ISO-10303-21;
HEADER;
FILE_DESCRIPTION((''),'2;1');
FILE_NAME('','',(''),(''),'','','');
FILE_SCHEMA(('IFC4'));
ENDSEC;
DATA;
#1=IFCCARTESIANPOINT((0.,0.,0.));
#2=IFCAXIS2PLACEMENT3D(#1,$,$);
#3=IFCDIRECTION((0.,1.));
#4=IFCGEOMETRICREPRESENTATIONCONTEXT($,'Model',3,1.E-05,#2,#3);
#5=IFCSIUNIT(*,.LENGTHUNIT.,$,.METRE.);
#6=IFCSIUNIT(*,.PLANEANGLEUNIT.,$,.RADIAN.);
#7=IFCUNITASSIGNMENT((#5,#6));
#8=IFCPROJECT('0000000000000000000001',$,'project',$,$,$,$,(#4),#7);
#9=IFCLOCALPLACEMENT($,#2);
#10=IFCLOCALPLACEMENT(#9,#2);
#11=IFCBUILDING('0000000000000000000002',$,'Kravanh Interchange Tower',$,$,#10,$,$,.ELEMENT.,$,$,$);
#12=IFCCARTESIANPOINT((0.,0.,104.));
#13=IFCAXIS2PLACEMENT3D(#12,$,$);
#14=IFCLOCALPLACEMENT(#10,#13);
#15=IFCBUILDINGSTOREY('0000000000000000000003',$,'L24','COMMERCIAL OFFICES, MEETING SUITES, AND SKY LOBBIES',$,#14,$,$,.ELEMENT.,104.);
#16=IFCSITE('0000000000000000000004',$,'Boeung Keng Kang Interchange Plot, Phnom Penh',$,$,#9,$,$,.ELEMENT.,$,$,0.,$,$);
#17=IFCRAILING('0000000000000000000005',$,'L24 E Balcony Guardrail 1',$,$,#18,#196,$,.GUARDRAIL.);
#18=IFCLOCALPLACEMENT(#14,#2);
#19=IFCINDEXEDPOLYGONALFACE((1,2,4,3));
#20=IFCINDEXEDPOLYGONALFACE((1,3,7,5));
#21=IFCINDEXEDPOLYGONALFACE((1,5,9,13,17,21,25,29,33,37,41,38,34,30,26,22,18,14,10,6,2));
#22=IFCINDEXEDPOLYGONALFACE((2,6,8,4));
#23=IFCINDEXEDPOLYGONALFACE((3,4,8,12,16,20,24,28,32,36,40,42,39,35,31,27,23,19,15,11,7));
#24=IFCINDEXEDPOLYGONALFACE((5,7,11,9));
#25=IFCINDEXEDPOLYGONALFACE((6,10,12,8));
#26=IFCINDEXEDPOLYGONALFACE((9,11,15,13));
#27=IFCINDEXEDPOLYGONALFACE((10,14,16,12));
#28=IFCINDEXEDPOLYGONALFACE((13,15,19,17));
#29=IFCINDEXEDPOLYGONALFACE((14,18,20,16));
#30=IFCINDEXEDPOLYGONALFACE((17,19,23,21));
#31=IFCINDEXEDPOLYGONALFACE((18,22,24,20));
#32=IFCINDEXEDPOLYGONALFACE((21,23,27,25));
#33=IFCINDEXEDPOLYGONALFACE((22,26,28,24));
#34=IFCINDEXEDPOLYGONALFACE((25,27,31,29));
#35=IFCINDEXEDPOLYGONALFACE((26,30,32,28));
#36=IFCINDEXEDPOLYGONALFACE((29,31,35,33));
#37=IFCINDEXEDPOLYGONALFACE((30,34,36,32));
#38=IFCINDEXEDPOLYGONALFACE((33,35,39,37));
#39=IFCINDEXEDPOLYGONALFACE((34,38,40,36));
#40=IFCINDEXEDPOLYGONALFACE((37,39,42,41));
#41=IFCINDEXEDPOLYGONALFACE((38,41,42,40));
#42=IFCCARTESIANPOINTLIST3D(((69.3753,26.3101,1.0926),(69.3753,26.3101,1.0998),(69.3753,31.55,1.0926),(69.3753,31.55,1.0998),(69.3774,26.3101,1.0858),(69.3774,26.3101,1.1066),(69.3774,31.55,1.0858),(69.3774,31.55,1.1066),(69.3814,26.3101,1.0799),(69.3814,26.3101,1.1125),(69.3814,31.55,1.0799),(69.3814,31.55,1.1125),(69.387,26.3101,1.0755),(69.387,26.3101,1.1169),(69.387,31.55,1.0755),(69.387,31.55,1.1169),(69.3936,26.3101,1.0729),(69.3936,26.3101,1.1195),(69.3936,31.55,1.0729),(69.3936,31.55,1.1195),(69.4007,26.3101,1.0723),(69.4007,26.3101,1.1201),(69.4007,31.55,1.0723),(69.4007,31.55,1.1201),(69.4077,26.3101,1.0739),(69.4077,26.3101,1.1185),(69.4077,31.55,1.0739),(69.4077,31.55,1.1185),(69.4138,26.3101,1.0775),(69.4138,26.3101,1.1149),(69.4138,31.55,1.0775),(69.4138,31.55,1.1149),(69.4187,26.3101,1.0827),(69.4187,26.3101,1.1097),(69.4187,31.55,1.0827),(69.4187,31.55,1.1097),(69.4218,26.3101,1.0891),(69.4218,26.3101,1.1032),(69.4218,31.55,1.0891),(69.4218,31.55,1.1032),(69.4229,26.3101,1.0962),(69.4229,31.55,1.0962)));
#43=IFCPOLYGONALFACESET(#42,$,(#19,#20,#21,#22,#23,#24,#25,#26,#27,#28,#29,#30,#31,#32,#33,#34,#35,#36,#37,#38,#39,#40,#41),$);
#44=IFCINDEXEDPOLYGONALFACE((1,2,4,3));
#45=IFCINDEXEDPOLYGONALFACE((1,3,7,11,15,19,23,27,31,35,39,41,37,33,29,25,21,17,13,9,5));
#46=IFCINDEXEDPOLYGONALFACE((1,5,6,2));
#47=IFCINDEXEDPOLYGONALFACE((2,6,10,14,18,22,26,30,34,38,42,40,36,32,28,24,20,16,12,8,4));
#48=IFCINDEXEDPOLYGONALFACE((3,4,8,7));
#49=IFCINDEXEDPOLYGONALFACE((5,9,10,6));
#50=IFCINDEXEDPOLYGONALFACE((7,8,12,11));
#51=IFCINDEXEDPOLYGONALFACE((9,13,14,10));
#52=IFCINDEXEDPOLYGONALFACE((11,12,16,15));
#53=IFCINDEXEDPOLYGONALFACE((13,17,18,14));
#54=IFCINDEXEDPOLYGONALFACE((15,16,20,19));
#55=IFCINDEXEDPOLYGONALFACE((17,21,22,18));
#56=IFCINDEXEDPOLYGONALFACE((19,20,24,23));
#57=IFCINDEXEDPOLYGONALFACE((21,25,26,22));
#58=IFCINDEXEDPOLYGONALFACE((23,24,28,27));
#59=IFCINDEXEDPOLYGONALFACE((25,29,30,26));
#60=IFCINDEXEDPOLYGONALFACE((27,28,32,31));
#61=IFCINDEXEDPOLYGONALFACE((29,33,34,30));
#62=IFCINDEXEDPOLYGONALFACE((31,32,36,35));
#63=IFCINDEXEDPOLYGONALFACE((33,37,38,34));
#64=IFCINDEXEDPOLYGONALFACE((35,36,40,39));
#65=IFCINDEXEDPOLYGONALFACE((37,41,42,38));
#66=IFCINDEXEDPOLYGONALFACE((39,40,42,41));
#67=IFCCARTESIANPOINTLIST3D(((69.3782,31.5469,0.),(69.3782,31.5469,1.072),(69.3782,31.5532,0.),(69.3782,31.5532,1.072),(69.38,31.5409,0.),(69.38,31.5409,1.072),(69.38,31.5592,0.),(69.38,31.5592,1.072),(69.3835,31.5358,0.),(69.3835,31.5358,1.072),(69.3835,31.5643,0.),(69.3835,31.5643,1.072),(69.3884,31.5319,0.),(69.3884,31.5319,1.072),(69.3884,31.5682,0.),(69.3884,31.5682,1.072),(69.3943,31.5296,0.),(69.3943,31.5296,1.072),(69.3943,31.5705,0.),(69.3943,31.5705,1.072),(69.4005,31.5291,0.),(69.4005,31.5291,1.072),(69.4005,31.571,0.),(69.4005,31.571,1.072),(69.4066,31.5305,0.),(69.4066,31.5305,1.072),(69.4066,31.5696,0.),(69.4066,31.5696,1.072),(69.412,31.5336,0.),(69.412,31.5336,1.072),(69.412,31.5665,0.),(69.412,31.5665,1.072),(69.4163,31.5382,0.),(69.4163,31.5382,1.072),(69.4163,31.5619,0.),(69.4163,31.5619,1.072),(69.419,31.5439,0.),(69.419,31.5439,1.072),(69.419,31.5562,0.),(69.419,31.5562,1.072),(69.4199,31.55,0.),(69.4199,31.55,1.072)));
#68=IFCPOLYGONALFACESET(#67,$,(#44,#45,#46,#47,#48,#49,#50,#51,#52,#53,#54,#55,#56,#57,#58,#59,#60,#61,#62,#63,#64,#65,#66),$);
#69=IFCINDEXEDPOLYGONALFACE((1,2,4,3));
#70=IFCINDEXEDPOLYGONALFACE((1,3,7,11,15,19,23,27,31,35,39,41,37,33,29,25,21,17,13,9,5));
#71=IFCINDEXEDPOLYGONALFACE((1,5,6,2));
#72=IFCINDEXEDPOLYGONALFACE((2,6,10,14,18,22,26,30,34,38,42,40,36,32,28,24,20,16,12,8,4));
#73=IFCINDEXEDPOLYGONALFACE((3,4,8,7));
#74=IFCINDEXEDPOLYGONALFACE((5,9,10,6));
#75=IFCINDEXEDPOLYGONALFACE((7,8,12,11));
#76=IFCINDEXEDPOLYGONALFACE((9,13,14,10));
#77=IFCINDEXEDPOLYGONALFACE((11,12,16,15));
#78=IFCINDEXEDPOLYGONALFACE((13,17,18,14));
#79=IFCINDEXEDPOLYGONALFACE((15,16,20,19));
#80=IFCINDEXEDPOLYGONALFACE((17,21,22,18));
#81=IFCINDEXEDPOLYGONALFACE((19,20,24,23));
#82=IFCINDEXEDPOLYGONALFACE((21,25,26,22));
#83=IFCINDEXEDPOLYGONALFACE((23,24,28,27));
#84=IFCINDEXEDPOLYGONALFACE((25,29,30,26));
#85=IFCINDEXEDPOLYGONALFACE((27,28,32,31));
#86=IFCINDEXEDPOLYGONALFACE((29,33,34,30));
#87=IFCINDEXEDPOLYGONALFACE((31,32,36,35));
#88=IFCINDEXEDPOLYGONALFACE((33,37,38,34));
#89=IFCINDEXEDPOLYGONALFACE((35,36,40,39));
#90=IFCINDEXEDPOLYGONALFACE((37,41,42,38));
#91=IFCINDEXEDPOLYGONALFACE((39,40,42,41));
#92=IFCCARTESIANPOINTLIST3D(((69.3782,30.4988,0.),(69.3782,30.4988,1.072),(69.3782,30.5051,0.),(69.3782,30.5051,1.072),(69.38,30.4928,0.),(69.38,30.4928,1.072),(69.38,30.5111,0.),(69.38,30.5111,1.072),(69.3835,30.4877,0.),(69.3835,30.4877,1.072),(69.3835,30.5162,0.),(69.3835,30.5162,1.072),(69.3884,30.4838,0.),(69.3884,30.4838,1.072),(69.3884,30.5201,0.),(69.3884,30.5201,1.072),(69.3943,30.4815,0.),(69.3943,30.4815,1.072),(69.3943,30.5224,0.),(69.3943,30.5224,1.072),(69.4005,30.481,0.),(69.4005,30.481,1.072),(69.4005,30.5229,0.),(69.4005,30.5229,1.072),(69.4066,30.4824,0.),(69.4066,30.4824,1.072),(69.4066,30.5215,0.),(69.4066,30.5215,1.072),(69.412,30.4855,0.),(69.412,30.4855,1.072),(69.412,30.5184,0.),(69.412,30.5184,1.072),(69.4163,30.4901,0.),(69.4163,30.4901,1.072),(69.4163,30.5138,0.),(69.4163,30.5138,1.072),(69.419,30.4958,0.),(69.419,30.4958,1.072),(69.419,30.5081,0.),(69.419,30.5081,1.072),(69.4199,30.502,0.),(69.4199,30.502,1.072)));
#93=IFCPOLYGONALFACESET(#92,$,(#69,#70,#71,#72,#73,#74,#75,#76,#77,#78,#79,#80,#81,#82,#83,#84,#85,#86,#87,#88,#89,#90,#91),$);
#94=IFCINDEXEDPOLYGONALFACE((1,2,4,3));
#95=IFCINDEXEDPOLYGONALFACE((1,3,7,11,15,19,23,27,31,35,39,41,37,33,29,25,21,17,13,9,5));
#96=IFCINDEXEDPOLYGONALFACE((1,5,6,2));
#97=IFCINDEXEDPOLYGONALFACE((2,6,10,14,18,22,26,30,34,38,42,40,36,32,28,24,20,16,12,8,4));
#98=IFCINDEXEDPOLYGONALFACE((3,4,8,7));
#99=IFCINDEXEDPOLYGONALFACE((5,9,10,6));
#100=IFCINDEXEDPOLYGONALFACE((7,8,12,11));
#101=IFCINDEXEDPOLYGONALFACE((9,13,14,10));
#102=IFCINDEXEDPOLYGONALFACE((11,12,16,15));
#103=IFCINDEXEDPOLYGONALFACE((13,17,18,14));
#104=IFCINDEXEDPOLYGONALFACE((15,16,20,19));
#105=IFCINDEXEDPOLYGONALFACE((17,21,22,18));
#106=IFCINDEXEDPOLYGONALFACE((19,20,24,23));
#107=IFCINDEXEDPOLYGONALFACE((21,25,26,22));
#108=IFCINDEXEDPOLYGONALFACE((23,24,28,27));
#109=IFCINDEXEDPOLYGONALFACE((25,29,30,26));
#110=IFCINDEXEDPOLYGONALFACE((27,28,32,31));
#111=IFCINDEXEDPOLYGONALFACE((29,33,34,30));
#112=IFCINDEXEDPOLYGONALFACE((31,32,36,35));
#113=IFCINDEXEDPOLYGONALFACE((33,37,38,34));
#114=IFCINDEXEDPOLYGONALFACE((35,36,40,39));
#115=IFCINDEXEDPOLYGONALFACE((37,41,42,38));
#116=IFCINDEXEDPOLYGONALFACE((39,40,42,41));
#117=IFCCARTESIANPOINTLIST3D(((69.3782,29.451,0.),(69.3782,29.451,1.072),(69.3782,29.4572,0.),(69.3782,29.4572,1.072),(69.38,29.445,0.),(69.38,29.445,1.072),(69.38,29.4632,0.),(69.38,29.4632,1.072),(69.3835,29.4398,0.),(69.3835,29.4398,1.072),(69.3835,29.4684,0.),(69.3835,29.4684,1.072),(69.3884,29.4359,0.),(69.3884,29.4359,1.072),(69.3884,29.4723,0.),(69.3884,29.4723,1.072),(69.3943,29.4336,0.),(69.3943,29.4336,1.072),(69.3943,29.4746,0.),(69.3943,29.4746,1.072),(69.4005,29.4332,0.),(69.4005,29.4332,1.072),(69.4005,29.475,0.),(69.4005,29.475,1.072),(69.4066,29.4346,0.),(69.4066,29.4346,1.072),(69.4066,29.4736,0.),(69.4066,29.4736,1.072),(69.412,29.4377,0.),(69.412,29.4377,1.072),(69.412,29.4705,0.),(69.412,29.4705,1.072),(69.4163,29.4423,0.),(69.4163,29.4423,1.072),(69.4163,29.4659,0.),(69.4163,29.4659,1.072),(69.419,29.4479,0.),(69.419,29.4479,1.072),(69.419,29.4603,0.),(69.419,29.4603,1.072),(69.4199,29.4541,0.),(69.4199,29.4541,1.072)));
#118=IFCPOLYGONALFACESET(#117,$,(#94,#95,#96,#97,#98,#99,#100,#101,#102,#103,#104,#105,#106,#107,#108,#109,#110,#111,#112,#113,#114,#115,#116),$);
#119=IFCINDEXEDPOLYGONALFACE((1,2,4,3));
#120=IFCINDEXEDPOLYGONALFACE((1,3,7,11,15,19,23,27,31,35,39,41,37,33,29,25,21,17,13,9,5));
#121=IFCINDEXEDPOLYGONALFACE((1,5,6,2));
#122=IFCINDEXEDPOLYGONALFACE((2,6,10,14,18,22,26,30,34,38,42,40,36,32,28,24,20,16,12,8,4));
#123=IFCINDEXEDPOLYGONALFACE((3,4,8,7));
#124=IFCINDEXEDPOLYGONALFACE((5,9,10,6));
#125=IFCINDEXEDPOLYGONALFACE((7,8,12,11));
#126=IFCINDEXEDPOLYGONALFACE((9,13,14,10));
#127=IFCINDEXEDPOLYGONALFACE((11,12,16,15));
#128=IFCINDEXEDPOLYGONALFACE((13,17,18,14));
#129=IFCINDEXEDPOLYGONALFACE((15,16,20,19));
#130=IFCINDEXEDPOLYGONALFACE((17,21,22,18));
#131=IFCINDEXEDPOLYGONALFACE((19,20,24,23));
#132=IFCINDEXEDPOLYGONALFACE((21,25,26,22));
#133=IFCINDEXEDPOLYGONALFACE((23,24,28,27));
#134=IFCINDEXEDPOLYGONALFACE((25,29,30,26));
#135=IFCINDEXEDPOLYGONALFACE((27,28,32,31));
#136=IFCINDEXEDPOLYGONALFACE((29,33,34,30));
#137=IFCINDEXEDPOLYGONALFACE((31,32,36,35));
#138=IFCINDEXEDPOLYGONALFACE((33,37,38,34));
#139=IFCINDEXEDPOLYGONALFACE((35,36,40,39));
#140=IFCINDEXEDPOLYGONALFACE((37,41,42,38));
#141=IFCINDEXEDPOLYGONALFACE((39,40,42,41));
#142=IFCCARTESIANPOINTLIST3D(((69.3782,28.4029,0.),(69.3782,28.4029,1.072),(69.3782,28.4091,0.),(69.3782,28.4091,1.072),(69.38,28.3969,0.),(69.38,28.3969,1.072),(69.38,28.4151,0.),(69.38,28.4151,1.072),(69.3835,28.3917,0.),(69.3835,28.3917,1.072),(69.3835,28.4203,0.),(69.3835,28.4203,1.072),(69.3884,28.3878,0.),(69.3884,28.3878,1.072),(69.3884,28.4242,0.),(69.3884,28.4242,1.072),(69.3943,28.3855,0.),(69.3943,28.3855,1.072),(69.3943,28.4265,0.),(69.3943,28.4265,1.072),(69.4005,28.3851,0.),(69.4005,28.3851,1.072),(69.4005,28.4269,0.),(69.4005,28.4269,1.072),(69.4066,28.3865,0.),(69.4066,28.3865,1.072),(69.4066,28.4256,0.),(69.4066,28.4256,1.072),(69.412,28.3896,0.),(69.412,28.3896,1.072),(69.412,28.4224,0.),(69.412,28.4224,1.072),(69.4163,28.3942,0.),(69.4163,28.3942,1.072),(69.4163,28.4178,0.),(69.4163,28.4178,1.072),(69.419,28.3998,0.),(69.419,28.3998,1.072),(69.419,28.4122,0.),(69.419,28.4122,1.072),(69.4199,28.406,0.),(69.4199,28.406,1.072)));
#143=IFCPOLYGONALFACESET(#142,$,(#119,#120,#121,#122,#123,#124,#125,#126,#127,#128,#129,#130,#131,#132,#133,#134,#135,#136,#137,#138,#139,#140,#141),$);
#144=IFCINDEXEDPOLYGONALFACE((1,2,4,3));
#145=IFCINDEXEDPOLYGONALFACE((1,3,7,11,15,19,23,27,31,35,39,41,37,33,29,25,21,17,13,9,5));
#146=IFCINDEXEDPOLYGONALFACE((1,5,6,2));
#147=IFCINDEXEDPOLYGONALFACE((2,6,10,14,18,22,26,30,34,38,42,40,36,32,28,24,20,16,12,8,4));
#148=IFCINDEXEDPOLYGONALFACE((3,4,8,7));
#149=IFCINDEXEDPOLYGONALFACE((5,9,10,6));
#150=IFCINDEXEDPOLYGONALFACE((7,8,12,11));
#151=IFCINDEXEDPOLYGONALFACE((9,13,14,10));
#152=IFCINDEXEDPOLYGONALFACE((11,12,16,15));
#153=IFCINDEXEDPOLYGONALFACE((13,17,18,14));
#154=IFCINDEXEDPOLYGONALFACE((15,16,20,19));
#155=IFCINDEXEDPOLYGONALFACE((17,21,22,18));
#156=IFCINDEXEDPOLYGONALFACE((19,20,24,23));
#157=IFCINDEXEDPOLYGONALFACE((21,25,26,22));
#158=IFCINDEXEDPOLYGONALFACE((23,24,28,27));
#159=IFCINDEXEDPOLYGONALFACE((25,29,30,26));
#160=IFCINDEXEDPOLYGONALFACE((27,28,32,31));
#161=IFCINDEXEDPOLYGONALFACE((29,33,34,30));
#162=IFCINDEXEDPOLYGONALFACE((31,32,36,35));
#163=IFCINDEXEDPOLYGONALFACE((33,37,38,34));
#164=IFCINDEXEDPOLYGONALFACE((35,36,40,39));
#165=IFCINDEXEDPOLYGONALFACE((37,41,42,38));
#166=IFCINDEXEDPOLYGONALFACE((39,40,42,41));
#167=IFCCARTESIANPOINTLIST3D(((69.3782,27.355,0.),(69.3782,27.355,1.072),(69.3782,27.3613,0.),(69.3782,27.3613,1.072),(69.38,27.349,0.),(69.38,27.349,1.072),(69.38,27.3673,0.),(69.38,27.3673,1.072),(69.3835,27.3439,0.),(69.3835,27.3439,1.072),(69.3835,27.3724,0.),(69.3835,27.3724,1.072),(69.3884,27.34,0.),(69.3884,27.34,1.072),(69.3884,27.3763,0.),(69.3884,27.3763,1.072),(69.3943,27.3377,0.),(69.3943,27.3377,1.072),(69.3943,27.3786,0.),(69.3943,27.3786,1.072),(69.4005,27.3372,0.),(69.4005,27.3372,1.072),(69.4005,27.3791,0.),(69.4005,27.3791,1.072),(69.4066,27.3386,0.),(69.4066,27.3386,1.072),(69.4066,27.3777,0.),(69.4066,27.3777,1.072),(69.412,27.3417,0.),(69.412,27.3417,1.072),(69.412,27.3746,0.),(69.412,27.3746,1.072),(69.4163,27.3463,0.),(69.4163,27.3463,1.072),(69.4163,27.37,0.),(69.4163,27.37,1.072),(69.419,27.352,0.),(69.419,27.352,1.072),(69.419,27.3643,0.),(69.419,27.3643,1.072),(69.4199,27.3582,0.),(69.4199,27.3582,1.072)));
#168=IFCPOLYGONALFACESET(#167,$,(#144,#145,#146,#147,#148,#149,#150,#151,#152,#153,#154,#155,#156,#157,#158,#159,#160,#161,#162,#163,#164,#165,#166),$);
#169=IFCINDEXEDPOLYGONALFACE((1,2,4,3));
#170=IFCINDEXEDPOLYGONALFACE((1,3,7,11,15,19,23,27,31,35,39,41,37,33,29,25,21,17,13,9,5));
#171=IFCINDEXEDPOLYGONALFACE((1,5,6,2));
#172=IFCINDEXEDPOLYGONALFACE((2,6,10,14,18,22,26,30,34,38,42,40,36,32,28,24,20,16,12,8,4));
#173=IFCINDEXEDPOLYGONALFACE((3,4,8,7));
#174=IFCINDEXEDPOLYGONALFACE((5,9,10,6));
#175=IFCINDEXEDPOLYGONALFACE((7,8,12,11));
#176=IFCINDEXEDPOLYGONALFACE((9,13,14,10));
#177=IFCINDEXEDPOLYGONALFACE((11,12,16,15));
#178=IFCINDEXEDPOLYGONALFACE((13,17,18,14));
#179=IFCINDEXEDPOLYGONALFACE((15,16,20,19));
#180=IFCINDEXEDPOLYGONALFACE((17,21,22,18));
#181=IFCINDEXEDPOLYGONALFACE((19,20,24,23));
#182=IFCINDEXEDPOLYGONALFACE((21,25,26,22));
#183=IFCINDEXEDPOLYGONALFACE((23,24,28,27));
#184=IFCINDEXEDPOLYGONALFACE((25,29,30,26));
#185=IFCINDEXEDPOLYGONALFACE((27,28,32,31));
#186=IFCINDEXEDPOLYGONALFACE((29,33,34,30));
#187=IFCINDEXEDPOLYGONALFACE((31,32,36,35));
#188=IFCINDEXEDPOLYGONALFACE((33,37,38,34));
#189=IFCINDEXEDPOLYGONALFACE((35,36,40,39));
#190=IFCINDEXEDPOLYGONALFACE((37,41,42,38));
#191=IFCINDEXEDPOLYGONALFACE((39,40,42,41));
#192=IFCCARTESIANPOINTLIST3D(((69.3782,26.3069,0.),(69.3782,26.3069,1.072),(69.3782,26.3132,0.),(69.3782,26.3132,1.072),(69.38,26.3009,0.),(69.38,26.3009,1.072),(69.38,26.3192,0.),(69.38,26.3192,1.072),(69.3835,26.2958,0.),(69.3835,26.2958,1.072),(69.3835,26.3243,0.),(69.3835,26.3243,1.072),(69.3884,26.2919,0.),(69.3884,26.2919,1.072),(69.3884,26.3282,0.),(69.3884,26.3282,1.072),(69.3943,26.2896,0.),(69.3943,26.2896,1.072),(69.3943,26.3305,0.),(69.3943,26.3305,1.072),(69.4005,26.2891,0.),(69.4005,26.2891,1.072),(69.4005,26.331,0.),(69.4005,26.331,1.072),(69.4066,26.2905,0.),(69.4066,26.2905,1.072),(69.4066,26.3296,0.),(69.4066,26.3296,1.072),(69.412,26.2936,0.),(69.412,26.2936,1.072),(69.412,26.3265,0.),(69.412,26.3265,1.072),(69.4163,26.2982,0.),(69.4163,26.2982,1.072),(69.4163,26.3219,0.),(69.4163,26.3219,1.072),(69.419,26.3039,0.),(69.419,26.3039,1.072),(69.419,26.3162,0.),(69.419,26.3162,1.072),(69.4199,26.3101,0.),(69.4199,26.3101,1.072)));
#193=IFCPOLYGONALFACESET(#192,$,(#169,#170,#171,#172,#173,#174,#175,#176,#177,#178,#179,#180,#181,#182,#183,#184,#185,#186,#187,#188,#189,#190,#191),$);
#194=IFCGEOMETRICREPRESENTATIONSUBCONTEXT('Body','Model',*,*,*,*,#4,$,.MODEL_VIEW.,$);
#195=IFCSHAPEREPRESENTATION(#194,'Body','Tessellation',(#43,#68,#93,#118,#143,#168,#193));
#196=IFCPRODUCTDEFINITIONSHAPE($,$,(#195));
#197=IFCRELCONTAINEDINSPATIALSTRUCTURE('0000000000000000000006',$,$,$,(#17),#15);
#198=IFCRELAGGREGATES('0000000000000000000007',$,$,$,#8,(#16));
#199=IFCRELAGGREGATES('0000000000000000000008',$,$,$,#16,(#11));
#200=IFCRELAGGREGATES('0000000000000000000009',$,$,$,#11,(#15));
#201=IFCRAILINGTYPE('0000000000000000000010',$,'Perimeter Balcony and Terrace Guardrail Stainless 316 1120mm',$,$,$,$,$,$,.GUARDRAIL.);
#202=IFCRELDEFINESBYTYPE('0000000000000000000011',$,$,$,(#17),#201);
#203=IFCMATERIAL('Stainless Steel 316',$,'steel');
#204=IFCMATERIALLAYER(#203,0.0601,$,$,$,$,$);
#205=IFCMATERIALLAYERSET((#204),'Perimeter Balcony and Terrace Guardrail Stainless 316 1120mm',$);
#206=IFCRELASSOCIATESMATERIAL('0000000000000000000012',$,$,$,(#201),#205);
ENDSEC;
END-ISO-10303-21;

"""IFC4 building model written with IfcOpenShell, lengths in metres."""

from ifc_helpers import new_model, si_unit, direction, frame, origin, origin_2d, place, context, subcontext, project, spatial, circle, extrude, material, layer, layer_set, type_object, element, save


model = new_model("IFC4")

# Units and contexts
model_context = context("Model", 3, precision=1e-05, world=origin(), true_north=direction((0.0, 1.0)))
body_context = subcontext(model_context, "Body", "Model", "MODEL_VIEW")
ifc_project = project(units=[si_unit("LENGTHUNIT", "METRE"), si_unit("PLANEANGLEUNIT", "RADIAN")], contexts=[model_context])

# Site, building, storey
site_placement = place(None, origin())
site = spatial("IfcSite", under=ifc_project, at=site_placement, Name="Boeung Keng Kang Interchange Plot, Phnom Penh", CompositionType="ELEMENT", RefElevation=0.0)
building_placement = place(site_placement, origin())
building = spatial("IfcBuilding", under=site, at=building_placement, Name="Kravanh Interchange Tower", CompositionType="ELEMENT")
storey_placement = place(building_placement, frame((0.0, 0.0, 104.0)))
storey = spatial("IfcBuildingStorey", under=building, at=storey_placement, Name="L24", Description="COMMERCIAL OFFICES, MEETING SUITES, AND SKY LOBBIES", CompositionType="ELEMENT", Elevation=104.0)

# Railing
ifc_material_1 = material(Name="Stainless Steel 316", Category="steel")
ifc_layer_1 = layer(ifc_material_1, 0.0601)
ifc_layer_set_1 = layer_set([ifc_layer_1], Name="Perimeter Balcony and Terrace Guardrail Stainless 316 1120mm")
railing_type_1 = type_object("IfcRailingType", Name="Perimeter Balcony and Terrace Guardrail Stainless 316 1120mm", PredefinedType="GUARDRAIL", material=ifc_layer_set_1)
railing_1_placement = place(storey_placement, frame((69.3989, 31.55, 0.0)))
element("IfcRailing", 1, at=railing_1_placement, inside=storey, type_object=railing_type_1, Name="L24 E Balcony Guardrail 1", PredefinedType="GUARDRAIL", context=body_context, shape_type="SweptSolid", body=[
    extrude(circle(Radius=0.0239, at=origin_2d()), frame((0.0, 0.0, 1.0962), z_axis=(0.0, -1.0, 0.0), x_axis=(1.0, 0.0, 0.0)), (0.0, 0.0, 1.0), 5.24),
    extrude(circle(Radius=0.021, at=origin_2d()), origin(), (0.0, 0.0, 1.0), 1.072),
    extrude(circle(Radius=0.021, at=origin_2d()), frame((0.0, -1.0481, 0.0)), (0.0, 0.0, 1.0), 1.072),
    extrude(circle(Radius=0.021, at=origin_2d()), frame((0.0, -2.0959, 0.0)), (0.0, 0.0, 1.0), 1.072),
    extrude(circle(Radius=0.021, at=origin_2d()), frame((0.0, -3.144, 0.0)), (0.0, 0.0, 1.0), 1.072),
    extrude(circle(Radius=0.021, at=origin_2d()), frame((0.0, -4.1919, 0.0)), (0.0, 0.0, 1.0), 1.072),
    extrude(circle(Radius=0.021, at=origin_2d()), frame((0.0, -5.24, 0.0)), (0.0, 0.0, 1.0), 1.072),
])

save(model, "model.ifc")
